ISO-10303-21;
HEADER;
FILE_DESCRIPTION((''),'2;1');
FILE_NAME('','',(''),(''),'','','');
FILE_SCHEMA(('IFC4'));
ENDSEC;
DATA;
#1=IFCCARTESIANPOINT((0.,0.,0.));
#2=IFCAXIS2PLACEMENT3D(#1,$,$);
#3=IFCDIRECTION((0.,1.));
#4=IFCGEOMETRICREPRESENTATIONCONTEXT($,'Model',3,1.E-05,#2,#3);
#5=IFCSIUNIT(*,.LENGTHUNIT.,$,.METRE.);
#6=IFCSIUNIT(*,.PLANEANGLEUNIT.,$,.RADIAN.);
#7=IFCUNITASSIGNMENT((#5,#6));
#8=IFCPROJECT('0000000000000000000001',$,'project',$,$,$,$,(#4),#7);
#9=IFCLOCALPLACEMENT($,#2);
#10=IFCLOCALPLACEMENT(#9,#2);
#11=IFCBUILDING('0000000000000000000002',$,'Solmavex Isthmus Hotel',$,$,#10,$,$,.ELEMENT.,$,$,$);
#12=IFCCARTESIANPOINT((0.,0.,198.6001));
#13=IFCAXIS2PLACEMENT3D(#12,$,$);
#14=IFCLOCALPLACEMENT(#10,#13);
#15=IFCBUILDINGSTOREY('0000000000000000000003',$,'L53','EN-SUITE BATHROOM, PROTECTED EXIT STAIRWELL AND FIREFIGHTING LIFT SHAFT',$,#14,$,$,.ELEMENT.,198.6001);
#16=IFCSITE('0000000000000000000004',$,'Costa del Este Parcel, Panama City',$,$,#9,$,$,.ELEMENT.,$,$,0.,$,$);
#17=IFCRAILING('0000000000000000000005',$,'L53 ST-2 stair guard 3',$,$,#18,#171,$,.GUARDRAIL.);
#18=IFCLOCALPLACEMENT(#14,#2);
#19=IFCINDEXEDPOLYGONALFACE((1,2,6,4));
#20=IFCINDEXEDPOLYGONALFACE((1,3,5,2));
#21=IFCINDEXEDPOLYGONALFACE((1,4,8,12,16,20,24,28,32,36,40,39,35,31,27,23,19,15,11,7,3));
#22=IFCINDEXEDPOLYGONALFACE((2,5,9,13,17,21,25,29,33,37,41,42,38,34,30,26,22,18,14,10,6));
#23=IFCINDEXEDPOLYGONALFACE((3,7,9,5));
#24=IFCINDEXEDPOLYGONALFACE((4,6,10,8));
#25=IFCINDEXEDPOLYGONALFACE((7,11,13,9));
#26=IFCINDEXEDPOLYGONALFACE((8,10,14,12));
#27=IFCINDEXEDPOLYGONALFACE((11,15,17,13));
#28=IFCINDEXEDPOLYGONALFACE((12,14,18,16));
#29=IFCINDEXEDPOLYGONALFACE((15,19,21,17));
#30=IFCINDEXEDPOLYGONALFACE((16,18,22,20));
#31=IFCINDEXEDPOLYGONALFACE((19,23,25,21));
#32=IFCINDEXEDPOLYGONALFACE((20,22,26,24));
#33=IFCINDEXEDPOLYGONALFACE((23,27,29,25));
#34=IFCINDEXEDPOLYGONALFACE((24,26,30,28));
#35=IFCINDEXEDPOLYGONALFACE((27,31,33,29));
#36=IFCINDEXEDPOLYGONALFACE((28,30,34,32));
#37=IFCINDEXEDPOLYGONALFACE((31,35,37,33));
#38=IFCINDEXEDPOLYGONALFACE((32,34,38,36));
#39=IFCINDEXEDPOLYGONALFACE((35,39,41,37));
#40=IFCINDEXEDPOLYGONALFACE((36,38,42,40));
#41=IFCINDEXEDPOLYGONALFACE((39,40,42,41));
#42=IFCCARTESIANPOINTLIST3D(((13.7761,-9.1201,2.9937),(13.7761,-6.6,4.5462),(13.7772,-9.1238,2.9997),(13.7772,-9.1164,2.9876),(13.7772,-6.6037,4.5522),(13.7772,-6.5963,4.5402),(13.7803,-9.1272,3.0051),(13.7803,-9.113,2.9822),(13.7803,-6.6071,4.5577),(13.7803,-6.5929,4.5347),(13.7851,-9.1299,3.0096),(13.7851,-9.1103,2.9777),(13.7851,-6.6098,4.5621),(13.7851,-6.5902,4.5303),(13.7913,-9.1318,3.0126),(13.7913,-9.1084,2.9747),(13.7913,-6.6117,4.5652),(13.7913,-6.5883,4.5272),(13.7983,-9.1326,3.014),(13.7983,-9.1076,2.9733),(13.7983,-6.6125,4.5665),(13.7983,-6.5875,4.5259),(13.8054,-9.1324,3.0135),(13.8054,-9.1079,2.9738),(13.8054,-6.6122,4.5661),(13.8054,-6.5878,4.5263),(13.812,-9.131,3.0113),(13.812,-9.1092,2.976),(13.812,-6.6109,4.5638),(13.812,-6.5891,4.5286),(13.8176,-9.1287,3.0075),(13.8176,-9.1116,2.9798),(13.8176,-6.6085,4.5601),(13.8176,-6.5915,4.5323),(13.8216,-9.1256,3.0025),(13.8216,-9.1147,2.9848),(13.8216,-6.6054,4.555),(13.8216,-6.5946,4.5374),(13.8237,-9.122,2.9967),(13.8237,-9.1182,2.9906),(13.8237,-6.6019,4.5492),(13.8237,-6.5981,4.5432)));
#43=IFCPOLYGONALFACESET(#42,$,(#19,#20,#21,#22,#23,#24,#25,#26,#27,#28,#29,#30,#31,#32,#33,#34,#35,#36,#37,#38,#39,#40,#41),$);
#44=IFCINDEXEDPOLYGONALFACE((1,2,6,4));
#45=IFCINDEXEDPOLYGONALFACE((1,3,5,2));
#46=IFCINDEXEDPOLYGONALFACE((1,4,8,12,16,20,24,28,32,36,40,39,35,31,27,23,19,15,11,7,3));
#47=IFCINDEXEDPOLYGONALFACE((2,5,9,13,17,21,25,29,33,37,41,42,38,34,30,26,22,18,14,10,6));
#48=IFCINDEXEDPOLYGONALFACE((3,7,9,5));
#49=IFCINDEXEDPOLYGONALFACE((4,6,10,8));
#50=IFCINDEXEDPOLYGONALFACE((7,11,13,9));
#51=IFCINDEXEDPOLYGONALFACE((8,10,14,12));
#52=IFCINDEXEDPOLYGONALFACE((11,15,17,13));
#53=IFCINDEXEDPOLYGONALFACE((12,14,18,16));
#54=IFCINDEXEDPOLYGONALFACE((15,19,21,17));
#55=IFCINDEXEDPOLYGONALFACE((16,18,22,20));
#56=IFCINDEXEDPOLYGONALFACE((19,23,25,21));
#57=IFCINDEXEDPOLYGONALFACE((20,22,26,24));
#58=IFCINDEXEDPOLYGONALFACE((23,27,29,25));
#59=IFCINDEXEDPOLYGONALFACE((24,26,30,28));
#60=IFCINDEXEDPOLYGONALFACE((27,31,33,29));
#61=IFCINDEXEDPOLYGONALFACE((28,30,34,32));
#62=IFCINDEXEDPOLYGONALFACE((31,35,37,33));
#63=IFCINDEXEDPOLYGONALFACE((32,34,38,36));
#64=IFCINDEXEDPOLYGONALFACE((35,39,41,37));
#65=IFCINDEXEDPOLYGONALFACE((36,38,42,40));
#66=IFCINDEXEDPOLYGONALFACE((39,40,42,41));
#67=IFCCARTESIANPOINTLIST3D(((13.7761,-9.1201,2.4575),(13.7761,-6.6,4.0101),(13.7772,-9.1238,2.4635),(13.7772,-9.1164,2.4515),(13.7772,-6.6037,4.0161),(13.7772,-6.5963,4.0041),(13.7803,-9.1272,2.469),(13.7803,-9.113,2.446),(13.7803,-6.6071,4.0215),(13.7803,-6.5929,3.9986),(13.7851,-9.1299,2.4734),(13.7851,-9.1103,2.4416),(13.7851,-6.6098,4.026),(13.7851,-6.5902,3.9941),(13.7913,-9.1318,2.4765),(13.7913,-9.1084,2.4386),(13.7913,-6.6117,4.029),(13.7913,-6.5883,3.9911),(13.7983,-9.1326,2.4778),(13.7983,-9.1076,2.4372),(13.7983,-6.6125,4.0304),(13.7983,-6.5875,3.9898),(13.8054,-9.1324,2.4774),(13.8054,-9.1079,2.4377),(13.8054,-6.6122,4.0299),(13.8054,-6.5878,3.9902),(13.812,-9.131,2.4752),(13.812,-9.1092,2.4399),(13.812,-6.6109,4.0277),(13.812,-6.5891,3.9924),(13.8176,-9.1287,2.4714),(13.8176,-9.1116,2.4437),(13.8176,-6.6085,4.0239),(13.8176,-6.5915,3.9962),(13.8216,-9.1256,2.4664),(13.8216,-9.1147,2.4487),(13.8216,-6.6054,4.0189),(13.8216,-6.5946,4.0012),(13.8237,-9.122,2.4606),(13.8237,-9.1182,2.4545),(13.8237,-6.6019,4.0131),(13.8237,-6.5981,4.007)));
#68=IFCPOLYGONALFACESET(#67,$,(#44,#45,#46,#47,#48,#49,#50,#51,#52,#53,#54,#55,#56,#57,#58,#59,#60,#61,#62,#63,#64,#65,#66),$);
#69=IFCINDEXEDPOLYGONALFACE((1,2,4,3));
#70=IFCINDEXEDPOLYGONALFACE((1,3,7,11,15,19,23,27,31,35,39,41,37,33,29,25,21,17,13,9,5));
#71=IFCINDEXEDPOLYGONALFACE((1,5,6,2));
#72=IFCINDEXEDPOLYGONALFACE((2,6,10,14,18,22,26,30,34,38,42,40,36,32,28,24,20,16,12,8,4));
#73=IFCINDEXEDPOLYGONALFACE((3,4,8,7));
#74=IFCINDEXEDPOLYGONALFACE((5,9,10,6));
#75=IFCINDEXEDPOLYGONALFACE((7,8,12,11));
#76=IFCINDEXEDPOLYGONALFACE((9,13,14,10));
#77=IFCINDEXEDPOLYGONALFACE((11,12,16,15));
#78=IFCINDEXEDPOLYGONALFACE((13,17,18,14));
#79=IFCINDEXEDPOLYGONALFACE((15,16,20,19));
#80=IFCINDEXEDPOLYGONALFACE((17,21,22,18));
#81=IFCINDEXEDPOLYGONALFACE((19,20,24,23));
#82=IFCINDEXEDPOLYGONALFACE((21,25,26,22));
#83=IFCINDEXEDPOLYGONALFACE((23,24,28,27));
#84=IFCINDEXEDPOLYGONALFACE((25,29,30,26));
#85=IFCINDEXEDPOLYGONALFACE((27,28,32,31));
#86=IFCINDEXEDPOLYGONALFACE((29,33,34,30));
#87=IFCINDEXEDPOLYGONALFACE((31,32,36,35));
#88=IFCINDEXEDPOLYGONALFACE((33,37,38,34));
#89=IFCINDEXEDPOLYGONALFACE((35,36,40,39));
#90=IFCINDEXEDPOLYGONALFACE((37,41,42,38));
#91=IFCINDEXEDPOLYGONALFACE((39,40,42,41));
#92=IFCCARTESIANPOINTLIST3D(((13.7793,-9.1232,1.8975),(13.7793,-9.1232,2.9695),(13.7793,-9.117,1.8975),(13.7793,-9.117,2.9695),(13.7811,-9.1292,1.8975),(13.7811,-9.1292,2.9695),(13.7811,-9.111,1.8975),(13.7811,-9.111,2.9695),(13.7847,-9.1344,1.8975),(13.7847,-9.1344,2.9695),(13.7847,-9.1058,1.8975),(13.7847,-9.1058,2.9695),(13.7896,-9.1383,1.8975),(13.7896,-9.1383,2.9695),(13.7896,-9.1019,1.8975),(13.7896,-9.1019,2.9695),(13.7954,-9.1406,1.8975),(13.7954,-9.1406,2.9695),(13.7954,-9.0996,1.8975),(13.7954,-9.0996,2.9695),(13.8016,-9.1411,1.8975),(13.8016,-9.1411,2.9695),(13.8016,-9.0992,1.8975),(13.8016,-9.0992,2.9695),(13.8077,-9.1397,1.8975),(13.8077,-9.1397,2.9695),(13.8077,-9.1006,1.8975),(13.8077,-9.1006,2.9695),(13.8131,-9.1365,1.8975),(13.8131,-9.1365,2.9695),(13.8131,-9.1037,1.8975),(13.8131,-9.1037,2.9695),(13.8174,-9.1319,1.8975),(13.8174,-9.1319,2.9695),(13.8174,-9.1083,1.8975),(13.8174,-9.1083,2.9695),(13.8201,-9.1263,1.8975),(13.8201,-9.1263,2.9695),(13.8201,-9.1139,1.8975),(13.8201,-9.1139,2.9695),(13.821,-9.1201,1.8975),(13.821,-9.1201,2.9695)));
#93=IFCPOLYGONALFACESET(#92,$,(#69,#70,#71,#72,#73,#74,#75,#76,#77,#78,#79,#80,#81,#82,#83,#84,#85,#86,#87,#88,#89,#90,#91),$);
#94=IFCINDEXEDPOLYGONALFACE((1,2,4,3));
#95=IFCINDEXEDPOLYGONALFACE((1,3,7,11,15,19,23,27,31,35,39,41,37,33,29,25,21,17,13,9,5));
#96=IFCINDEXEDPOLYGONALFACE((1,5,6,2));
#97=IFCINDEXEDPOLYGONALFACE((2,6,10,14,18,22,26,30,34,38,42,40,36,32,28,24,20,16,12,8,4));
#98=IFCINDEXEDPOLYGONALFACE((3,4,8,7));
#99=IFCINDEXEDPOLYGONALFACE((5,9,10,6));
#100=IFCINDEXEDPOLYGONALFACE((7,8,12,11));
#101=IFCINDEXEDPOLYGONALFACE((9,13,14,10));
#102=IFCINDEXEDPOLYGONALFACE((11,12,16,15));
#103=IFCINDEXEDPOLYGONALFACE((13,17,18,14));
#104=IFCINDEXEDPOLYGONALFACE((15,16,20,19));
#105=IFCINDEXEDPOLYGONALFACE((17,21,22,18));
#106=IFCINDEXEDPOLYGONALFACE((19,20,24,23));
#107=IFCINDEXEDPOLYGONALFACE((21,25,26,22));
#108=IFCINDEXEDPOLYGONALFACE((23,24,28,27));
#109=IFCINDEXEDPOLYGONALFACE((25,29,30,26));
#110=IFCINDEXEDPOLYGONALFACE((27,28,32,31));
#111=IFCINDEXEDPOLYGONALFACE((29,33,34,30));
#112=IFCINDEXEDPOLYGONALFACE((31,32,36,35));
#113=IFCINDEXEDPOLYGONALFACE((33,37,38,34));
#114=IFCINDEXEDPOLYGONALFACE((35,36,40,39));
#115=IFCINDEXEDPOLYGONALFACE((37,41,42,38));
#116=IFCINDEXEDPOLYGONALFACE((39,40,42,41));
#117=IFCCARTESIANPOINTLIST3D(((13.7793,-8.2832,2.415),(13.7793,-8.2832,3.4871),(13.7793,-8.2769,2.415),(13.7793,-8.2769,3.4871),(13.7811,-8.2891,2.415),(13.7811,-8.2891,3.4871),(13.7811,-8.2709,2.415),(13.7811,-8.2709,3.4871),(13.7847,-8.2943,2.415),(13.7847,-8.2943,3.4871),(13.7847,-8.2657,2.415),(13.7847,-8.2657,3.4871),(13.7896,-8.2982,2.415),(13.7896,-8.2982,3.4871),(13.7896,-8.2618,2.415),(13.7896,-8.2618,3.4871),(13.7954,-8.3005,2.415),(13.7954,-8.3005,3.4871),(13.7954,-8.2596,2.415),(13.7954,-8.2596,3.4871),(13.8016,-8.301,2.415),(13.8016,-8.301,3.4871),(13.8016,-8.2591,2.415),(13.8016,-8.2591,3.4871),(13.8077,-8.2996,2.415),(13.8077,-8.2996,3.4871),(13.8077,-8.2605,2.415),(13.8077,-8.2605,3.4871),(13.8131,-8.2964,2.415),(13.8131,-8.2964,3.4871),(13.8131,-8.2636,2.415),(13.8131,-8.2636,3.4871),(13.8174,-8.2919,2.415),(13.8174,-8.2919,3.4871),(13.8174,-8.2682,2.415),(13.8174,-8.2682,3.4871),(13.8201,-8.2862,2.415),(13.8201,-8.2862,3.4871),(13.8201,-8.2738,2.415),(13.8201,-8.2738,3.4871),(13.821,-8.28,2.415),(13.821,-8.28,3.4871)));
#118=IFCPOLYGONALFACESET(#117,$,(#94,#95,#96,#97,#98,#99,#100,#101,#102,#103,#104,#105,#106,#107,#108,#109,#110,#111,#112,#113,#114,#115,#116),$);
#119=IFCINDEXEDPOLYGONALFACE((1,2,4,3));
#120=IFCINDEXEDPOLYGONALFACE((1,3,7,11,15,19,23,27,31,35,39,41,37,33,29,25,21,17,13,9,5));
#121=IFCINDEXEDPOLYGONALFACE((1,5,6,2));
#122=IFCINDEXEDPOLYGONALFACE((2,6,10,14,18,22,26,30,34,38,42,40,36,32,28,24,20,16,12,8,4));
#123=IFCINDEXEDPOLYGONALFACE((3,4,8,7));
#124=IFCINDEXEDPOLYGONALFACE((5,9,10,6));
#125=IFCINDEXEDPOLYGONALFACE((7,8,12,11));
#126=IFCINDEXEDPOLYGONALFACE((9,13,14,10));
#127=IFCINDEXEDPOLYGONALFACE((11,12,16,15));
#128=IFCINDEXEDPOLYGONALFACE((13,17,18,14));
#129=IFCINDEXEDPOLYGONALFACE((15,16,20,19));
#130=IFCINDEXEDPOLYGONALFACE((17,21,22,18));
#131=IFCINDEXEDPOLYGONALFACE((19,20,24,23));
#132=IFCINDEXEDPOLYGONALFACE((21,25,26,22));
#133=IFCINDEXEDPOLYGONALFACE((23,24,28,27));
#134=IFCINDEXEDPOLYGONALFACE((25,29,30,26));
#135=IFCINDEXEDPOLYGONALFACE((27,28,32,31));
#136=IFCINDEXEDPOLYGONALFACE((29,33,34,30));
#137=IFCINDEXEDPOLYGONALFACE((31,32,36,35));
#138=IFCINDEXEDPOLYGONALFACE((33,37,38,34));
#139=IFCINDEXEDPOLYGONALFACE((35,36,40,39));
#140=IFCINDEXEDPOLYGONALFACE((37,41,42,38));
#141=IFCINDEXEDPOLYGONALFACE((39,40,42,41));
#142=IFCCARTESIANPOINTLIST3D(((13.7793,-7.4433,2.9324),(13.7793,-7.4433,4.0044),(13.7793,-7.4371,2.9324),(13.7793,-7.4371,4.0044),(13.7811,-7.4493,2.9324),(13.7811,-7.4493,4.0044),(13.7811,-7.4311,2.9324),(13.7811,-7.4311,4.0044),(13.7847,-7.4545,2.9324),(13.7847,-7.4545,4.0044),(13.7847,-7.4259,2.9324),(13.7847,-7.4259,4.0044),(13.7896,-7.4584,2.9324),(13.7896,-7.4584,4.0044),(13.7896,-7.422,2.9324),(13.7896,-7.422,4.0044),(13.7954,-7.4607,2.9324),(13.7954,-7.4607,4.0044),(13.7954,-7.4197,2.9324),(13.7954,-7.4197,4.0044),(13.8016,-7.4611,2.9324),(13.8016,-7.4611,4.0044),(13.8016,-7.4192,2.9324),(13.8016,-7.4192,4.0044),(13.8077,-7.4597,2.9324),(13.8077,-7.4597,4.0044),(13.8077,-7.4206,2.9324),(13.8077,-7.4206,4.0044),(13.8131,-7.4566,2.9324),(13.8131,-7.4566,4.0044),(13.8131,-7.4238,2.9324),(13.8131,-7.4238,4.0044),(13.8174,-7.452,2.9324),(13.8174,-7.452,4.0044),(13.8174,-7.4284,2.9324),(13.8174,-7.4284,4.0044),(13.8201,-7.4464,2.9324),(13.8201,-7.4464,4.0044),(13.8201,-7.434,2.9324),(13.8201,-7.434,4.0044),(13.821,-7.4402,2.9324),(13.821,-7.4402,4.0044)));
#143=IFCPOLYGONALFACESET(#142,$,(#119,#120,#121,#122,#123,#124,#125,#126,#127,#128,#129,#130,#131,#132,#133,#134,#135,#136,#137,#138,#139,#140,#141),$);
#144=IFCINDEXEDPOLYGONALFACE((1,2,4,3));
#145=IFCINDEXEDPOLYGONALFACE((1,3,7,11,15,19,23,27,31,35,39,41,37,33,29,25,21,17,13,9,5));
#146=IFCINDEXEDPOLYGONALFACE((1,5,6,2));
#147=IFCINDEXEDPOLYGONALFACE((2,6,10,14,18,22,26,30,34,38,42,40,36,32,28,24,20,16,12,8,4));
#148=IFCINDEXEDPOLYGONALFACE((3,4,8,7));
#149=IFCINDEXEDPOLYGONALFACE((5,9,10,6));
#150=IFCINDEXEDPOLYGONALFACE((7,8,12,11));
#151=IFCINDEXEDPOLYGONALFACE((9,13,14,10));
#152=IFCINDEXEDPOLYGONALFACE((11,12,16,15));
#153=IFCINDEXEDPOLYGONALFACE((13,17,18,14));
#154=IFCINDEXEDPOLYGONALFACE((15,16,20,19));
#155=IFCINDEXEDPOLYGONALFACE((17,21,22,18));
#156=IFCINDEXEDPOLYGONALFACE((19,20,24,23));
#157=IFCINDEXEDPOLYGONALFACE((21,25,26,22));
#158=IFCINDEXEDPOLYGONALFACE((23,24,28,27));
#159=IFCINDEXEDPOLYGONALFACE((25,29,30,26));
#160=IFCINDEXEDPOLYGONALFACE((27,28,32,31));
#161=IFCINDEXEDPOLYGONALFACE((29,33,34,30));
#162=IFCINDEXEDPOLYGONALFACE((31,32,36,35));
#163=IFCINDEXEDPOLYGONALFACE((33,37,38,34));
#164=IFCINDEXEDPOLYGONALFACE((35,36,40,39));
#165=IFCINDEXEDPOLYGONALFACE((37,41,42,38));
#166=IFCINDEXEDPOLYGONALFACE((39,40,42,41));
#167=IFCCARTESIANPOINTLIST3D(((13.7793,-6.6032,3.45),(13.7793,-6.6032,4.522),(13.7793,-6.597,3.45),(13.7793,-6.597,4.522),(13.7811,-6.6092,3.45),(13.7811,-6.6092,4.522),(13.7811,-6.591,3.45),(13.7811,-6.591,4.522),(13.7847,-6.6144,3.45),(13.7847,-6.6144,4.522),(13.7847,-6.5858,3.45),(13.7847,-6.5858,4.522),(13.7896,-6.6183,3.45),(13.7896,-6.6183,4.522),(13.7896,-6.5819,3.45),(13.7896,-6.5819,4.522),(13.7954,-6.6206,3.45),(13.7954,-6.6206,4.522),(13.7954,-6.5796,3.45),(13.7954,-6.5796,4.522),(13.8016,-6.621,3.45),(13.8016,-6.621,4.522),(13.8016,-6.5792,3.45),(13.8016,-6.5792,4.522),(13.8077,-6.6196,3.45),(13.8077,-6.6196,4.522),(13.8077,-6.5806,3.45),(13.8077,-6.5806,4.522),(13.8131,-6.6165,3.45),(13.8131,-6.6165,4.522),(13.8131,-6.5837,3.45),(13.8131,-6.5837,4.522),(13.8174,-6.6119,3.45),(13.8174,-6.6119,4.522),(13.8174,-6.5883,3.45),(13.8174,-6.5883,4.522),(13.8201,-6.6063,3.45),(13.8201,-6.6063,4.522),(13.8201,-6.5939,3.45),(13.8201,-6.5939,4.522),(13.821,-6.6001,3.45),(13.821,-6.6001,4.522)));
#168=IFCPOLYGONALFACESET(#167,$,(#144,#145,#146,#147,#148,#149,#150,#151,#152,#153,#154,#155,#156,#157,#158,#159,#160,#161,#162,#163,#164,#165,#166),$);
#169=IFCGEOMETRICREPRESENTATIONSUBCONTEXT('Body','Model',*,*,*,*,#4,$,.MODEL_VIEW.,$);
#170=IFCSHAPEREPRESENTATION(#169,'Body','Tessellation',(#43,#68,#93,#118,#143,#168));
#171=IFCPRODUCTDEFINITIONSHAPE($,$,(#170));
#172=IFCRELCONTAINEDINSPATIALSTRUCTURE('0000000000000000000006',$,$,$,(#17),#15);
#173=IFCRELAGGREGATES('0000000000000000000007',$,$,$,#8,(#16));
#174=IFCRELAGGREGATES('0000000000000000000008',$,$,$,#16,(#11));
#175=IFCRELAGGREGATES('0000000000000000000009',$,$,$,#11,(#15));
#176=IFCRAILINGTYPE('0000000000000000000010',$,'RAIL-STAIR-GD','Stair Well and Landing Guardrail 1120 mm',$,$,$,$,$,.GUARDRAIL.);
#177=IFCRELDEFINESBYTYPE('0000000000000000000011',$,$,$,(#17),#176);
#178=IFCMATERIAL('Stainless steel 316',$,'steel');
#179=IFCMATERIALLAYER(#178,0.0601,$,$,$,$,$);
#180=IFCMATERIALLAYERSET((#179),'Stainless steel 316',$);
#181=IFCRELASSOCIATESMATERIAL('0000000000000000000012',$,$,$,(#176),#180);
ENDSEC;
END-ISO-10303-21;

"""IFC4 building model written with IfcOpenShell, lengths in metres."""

from ifc_helpers import new_model, si_unit, direction, frame, origin, origin_2d, place, context, subcontext, project, spatial, circle, extrude, material, layer, layer_set, type_object, element, save


model = new_model("IFC4")

# Units and contexts
model_context = context("Model", 3, precision=1e-05, world=origin(), true_north=direction((0.0, 1.0)))
body_context = subcontext(model_context, "Body", "Model", "MODEL_VIEW")
ifc_project = project(units=[si_unit("LENGTHUNIT", "METRE"), si_unit("PLANEANGLEUNIT", "RADIAN")], contexts=[model_context])

# Site, building, storey
site_placement = place(None, origin())
site = spatial("IfcSite", under=ifc_project, at=site_placement, Name="Costa del Este Parcel, Panama City", CompositionType="ELEMENT", RefElevation=0.0)
building_placement = place(site_placement, origin())
building = spatial("IfcBuilding", under=site, at=building_placement, Name="Solmavex Isthmus Hotel", CompositionType="ELEMENT")
storey_placement = place(building_placement, frame((0.0, 0.0, 198.6001)))
storey = spatial("IfcBuildingStorey", under=building, at=storey_placement, Name="L53", Description="EN-SUITE BATHROOM, PROTECTED EXIT STAIRWELL AND FIREFIGHTING LIFT SHAFT", CompositionType="ELEMENT", Elevation=198.6001)

# Railing
ifc_material_1 = material(Name="Stainless steel 316", Category="steel")
ifc_layer_1 = layer(ifc_material_1, 0.0601)
ifc_layer_set_1 = layer_set([ifc_layer_1], Name="Stainless steel 316")
railing_type_1 = type_object("IfcRailingType", Name="RAIL-STAIR-GD", Description="Stair Well and Landing Guardrail 1120 mm", PredefinedType="GUARDRAIL", material=ifc_layer_set_1)
railing_1_placement = place(storey_placement, frame((13.8, -9.1201, 1.8975)))
element("IfcRailing", 1, at=railing_1_placement, inside=storey, type_object=railing_type_1, Name="L53 ST-2 stair guard 3", PredefinedType="GUARDRAIL", context=body_context, shape_type="SweptSolid", body=[
    extrude(circle(Radius=0.0239, at=origin_2d()), frame((0.0, 0.0, 1.0962), z_axis=(0.0, 0.8514, 0.524516), x_axis=(-1.0, 0.0, 0.0)), (0.0, 0.0, 1.0), 2.96),
    extrude(circle(Radius=0.0239, at=origin_2d()), frame((0.0, 0.0, 0.5601), z_axis=(0.0, 0.8514, 0.524516), x_axis=(-1.0, 0.0, 0.0)), (0.0, 0.0, 1.0), 2.96),
    extrude(circle(Radius=0.021, at=origin_2d()), origin(), (0.0, 0.0, 1.0), 1.072),
    extrude(circle(Radius=0.021, at=origin_2d()), frame((0.0, 0.8401, 0.5176)), (0.0, 0.0, 1.0), 1.072),
    extrude(circle(Radius=0.021, at=origin_2d()), frame((0.0, 1.6799, 1.0349)), (0.0, 0.0, 1.0), 1.072),
    extrude(circle(Radius=0.021, at=origin_2d()), frame((0.0, 2.52, 1.5525)), (0.0, 0.0, 1.0), 1.072),
])

save(model, "model.ifc")
